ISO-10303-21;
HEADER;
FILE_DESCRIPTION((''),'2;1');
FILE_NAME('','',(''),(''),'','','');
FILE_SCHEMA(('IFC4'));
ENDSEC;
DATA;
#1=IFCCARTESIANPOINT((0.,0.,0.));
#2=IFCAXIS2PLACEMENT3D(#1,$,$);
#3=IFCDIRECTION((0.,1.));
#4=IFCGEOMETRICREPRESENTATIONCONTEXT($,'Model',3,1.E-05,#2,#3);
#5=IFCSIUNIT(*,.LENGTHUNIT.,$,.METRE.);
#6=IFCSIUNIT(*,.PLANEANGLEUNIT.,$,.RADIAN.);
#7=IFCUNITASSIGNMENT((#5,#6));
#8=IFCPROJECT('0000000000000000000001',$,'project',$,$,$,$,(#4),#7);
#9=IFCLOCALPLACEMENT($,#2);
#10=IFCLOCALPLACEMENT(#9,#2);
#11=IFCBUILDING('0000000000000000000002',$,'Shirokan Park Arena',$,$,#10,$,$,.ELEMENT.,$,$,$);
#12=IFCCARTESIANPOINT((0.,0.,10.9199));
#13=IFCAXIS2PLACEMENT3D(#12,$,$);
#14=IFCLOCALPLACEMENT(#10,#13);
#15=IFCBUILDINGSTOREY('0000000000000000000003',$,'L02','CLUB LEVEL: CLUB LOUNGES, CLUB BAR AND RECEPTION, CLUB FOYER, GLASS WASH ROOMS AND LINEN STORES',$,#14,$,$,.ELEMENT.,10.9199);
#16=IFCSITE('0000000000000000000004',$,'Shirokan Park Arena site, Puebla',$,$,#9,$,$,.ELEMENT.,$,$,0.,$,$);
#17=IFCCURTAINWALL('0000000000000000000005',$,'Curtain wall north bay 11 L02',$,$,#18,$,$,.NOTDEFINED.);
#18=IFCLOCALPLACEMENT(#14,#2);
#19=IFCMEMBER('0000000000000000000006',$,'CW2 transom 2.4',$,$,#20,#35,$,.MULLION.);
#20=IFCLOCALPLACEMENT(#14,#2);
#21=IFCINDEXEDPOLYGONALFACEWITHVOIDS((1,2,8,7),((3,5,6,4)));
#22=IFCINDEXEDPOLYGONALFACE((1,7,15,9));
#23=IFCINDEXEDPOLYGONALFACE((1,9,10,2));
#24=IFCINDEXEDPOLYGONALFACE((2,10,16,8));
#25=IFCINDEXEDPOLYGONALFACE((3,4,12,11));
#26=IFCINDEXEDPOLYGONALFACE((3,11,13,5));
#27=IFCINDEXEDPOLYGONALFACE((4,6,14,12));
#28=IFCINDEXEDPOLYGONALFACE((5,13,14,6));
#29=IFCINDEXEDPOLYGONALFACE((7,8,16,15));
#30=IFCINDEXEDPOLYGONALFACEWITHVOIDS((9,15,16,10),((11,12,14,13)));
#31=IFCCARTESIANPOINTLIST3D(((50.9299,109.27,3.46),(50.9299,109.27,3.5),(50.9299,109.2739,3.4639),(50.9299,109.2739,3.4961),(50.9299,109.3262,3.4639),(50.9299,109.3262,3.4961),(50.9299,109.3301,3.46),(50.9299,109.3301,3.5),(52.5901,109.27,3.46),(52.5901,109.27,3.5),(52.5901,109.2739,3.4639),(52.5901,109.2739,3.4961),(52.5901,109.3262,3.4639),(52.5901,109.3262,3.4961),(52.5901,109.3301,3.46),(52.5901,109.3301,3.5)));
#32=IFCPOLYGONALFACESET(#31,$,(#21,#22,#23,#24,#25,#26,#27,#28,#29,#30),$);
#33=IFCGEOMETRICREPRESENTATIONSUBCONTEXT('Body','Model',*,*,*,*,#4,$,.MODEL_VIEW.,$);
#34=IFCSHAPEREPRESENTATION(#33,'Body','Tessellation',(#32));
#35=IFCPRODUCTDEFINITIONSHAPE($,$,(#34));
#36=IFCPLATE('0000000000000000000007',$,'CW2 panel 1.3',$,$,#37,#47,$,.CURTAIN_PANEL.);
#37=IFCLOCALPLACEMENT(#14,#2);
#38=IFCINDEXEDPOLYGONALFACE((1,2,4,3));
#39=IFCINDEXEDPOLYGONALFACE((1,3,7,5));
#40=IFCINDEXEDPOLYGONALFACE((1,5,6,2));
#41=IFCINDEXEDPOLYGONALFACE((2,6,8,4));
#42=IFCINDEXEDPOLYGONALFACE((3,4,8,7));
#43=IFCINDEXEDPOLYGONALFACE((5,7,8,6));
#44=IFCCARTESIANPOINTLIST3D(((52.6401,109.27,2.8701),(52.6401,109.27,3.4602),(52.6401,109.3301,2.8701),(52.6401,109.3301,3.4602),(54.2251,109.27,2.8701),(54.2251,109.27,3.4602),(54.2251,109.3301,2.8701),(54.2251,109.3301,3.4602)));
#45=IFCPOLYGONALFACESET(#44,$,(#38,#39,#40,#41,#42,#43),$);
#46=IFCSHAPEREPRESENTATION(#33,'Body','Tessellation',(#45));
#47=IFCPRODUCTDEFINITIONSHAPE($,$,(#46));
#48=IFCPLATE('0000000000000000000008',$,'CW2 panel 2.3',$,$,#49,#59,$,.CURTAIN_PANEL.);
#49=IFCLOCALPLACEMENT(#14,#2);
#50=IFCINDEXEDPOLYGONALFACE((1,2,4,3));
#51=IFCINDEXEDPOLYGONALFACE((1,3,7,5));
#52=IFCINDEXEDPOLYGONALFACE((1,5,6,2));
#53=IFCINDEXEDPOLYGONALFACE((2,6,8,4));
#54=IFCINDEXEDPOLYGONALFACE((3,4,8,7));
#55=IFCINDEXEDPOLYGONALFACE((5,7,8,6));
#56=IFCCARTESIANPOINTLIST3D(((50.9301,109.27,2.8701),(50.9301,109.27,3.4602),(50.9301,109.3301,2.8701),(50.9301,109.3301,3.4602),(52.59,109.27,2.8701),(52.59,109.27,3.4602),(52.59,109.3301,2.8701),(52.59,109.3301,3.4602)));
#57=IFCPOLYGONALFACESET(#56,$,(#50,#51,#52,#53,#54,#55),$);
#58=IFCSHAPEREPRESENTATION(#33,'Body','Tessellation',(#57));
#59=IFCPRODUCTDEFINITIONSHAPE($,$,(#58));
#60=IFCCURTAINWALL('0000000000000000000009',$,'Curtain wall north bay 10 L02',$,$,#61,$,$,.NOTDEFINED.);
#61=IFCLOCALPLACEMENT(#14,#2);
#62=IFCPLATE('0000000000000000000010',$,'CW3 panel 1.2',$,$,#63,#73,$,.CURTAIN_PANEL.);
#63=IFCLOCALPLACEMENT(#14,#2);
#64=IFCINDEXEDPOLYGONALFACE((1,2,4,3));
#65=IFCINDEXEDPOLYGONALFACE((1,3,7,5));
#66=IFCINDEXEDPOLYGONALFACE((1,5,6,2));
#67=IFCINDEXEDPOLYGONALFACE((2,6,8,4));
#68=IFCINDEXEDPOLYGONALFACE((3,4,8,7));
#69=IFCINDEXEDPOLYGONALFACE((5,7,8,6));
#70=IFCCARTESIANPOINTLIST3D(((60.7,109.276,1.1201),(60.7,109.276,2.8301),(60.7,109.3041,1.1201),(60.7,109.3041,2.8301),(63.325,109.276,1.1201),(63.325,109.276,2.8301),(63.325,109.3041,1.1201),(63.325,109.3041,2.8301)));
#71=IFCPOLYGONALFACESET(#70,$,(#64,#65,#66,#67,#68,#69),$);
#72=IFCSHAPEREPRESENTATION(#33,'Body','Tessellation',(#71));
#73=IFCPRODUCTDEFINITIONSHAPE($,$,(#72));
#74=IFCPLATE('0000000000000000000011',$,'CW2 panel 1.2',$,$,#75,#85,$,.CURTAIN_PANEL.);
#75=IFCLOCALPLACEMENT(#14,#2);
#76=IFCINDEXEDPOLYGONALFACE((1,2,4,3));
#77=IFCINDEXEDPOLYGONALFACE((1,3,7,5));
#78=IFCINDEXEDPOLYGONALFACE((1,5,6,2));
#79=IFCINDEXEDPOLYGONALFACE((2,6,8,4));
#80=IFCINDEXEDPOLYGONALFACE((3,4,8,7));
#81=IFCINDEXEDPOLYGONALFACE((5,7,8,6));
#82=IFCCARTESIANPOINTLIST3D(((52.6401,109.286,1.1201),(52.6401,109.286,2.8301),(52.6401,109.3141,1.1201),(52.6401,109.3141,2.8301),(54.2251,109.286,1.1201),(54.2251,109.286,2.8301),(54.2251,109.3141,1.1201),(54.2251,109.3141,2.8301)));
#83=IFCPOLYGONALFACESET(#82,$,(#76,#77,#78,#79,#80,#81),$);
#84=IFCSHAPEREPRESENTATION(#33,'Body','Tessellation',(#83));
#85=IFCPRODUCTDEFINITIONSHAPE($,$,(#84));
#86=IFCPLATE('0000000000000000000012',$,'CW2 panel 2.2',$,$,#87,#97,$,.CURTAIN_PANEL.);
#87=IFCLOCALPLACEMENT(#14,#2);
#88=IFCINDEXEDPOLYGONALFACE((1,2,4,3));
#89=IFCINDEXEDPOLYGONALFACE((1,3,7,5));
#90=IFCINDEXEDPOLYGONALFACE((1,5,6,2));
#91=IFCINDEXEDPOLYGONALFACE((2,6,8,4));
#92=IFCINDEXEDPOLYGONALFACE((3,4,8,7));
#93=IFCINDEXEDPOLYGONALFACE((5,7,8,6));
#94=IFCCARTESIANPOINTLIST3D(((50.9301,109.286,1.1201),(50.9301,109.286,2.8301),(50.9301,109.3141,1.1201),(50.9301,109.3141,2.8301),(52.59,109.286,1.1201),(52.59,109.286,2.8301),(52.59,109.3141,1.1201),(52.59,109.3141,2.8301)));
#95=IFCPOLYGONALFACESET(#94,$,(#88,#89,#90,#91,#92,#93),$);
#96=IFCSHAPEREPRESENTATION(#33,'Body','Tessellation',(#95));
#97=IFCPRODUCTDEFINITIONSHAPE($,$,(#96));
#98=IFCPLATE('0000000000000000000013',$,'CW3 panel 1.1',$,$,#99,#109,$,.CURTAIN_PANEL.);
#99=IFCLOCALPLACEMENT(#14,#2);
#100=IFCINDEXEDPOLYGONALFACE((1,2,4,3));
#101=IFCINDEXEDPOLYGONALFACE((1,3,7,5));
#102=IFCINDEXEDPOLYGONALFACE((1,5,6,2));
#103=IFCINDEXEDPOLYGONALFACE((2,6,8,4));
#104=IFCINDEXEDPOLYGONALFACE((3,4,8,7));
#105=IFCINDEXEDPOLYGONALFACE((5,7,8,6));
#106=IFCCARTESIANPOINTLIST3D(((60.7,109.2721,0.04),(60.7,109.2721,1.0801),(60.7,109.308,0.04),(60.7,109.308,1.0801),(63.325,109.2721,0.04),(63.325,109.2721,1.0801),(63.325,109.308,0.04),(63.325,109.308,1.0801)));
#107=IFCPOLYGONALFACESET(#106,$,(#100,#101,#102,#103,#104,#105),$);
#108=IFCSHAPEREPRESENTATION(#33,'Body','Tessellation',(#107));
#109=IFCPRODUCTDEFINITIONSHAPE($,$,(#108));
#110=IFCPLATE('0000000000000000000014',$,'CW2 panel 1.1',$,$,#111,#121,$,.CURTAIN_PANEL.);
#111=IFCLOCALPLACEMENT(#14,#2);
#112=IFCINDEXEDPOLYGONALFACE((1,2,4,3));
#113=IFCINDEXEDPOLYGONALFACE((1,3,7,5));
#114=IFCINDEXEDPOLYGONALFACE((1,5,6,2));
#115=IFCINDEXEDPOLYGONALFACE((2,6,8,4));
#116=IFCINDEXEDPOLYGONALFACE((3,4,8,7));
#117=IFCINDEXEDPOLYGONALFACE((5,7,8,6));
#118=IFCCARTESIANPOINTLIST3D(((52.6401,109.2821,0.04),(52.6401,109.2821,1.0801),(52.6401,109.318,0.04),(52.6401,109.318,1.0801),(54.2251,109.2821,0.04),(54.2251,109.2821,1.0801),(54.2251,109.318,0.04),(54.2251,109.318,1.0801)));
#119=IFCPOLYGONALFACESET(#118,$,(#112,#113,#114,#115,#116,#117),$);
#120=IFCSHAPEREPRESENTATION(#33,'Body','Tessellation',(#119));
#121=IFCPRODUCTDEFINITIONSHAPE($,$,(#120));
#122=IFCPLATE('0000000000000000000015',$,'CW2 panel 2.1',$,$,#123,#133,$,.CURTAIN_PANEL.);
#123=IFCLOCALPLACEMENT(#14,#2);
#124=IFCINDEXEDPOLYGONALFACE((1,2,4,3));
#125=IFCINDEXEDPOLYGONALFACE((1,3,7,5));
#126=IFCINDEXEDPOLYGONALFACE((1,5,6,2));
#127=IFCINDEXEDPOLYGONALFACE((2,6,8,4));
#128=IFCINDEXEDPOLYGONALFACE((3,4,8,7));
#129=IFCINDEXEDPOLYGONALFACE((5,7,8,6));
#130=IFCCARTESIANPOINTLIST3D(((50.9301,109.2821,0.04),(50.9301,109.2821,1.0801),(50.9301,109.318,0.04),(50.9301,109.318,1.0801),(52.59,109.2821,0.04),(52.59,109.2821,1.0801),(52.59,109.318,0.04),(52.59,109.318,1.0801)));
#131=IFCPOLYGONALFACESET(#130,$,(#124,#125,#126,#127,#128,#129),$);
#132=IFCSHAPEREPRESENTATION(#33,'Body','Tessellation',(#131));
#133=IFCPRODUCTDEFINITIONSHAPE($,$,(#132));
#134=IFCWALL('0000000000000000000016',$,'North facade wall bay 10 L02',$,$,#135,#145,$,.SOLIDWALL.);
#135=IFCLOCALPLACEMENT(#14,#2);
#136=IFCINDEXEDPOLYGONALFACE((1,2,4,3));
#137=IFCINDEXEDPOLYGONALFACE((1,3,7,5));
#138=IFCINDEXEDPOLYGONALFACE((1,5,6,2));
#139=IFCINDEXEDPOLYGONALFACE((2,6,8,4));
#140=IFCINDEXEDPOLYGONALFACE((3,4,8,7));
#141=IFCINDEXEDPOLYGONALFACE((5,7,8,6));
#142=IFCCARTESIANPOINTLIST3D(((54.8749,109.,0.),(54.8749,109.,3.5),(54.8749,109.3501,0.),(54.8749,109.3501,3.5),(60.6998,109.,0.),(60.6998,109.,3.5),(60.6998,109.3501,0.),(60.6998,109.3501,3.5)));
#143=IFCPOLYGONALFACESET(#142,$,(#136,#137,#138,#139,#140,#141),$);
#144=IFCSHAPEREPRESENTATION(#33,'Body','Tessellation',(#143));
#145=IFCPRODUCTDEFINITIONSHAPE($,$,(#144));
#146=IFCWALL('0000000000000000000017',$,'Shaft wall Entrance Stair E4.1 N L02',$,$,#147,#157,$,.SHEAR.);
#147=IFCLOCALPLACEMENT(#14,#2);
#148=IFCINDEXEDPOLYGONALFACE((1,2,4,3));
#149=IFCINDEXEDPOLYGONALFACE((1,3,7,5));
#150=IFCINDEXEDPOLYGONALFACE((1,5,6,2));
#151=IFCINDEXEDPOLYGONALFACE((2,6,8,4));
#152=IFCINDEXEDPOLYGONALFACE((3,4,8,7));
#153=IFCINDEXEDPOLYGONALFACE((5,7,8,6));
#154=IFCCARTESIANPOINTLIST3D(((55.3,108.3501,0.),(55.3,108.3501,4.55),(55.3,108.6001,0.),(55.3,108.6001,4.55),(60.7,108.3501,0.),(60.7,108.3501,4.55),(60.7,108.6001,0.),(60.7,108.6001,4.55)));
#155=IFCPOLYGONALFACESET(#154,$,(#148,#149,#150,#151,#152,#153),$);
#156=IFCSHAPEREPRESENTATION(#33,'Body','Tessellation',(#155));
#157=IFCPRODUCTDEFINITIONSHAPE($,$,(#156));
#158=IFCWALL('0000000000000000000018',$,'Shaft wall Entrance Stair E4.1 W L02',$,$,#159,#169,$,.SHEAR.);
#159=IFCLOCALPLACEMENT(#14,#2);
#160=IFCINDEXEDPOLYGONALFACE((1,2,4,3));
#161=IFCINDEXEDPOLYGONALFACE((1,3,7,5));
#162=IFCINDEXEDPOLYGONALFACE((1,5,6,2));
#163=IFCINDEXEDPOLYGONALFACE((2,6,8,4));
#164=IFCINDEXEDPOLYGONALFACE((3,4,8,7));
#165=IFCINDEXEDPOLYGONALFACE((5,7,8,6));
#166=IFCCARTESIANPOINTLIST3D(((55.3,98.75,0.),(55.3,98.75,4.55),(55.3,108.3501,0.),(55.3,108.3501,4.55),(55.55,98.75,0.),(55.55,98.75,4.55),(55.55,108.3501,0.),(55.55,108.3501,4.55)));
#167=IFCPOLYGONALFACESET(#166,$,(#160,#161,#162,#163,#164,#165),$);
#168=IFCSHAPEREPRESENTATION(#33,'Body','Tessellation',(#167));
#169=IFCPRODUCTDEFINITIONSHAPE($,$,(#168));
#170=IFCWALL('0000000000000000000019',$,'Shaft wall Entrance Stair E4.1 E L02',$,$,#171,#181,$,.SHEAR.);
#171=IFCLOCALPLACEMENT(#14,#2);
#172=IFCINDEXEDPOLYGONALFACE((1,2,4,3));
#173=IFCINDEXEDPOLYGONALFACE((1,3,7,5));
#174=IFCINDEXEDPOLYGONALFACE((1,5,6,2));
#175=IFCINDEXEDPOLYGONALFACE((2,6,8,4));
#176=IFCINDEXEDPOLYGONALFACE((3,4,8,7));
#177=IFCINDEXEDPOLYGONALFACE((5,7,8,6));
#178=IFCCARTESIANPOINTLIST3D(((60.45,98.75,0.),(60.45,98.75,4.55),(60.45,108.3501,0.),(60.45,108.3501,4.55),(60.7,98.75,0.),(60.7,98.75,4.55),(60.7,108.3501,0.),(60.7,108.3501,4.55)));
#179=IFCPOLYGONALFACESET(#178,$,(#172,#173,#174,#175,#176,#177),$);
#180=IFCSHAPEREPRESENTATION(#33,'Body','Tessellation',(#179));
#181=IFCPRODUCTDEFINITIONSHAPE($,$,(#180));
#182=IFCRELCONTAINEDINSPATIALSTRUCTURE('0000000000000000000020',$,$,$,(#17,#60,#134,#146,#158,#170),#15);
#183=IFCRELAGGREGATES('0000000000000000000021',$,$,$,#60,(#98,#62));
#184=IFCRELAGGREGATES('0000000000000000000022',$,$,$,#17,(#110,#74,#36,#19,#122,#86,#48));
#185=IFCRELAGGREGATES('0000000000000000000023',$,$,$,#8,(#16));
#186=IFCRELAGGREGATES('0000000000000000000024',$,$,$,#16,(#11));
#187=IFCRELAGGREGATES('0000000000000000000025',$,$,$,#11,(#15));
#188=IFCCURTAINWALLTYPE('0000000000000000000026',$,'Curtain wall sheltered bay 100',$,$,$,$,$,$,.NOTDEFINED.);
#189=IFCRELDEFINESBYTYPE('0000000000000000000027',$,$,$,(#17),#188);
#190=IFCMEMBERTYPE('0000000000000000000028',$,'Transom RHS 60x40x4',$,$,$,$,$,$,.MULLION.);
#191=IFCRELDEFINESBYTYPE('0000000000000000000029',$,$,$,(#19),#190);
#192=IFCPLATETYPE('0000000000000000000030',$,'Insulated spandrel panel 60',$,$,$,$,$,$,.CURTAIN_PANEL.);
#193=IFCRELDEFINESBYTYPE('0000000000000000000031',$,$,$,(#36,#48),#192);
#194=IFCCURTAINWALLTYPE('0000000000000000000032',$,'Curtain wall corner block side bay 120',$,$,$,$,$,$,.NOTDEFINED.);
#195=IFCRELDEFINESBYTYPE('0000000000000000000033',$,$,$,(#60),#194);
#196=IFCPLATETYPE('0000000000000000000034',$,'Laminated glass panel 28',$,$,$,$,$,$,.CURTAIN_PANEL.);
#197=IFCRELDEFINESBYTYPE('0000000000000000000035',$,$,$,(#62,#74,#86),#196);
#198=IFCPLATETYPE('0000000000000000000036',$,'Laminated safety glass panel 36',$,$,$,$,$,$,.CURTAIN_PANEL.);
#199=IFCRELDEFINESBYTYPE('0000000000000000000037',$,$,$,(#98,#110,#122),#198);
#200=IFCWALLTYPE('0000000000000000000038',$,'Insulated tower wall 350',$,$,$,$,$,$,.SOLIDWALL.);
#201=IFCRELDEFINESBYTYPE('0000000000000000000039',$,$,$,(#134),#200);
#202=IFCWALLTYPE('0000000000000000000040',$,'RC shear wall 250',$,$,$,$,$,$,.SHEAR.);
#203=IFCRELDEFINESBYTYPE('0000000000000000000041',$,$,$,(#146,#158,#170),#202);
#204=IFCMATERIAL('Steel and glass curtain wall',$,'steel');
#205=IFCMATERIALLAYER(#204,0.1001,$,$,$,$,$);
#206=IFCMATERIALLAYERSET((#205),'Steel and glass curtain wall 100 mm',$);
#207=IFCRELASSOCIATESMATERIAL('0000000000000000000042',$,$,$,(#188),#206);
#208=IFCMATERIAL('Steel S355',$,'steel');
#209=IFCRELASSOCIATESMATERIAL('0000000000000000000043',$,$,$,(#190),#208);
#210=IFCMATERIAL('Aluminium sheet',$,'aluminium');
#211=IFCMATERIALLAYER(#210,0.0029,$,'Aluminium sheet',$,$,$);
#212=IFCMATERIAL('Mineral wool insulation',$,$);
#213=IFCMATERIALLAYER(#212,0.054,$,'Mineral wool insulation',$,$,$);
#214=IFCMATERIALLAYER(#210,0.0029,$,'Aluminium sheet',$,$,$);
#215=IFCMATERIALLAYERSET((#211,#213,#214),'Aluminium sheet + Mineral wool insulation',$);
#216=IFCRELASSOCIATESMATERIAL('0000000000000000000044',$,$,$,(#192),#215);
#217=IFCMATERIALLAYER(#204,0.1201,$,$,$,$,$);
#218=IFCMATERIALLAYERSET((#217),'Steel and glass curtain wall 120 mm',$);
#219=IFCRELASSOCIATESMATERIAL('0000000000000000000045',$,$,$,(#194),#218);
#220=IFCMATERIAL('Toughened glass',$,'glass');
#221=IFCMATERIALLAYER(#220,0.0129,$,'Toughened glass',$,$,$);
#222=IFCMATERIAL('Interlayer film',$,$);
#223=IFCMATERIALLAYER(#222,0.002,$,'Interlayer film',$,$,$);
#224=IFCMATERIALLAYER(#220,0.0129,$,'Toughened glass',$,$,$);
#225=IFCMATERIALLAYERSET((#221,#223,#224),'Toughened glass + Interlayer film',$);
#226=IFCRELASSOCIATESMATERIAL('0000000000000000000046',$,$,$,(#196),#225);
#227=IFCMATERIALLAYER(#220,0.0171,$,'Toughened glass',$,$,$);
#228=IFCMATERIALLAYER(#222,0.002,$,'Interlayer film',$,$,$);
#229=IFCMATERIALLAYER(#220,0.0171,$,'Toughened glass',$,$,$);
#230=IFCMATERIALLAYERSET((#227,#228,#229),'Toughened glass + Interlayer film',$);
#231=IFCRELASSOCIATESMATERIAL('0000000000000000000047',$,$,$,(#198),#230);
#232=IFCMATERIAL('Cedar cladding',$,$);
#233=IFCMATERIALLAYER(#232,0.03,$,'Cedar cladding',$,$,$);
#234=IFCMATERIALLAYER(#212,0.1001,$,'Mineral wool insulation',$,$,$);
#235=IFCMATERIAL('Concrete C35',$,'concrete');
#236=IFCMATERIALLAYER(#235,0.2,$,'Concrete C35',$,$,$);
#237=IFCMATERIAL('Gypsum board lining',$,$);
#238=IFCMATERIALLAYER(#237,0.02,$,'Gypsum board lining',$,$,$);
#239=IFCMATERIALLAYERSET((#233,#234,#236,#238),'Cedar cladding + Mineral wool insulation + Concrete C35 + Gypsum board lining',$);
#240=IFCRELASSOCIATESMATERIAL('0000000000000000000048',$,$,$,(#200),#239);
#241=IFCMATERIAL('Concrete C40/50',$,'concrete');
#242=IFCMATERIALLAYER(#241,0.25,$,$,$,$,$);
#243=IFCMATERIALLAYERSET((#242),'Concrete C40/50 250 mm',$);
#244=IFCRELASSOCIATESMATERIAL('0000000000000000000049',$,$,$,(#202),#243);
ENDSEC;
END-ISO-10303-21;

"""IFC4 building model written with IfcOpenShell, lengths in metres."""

from ifc_helpers import new_model, si_unit, direction, frame, frame_2d, origin, origin_2d, place, context, subcontext, project, spatial, rectangle, hollow_rectangle, extrude, material, layer, layer_set, material_profile, profile_set, type_object, element, aggregate, save


model = new_model("IFC4")

# Units and contexts
model_context = context("Model", 3, precision=1e-05, world=origin(), true_north=direction((0.0, 1.0)))
body_context = subcontext(model_context, "Body", "Model", "MODEL_VIEW")
ifc_project = project(units=[si_unit("LENGTHUNIT", "METRE"), si_unit("PLANEANGLEUNIT", "RADIAN")], contexts=[model_context])

# Site, building, storey
site_placement = place(None, origin())
site = spatial("IfcSite", under=ifc_project, at=site_placement, Name="Shirokan Park Arena site, Puebla", CompositionType="ELEMENT", RefElevation=0.0)
building_placement = place(site_placement, origin())
building = spatial("IfcBuilding", under=site, at=building_placement, Name="Shirokan Park Arena", CompositionType="ELEMENT")
storey_placement = place(building_placement, frame((0.0, 0.0, 10.9199)))
storey = spatial("IfcBuildingStorey", under=building, at=storey_placement, Name="L02", Description="CLUB LEVEL: CLUB LOUNGES, CLUB BAR AND RECEPTION, CLUB FOYER, GLASS WASH ROOMS AND LINEN STORES", CompositionType="ELEMENT", Elevation=10.9199)

# Shared definitions
ifc_material_1 = material(Name="Concrete C35", Category="concrete")

# Curtain wall
ifc_material_2 = material(Name="Steel and glass curtain wall", Category="steel")
ifc_layer_1 = layer(ifc_material_2, 0.1001)
ifc_layer_set_1 = layer_set([ifc_layer_1], Name="Steel and glass curtain wall 100 mm")
curtain_wall_type_1 = type_object("IfcCurtainWallType", Name="Curtain wall sheltered bay 100", PredefinedType="NOTDEFINED", material=ifc_layer_set_1)
curtain_wall_1_placement = place(storey_placement, origin())
curtain_wall_1 = element("IfcCurtainWall", 1, at=curtain_wall_1_placement, inside=storey, type_object=curtain_wall_type_1, Name="Curtain wall north bay 11 L02", PredefinedType="NOTDEFINED")
ifc_material_3 = material(Name="Steel S355", Category="steel")

# Member
ifc_material_profile_1 = material_profile(ifc_material_3, hollow_rectangle(XDim=0.0601, YDim=0.04, WallThickness=0.0039, at=origin_2d()), Name="RHS 60x40x4")
ifc_profile_set_1 = profile_set([ifc_material_profile_1], Name="Steel S355")
member_type_1 = type_object("IfcMemberType", Name="Transom RHS 60x40x4", PredefinedType="MULLION", material=ifc_profile_set_1)
member_1_placement = place(storey_placement, frame((52.5901, 109.3, 3.48), z_axis=(-1.0, 0.0, 0.0), x_axis=(0.0, -1.0, 0.0)))
member_1 = element("IfcMember", 2, at=member_1_placement, type_object=member_type_1, Name="CW2 transom 2.4", PredefinedType="MULLION", context=body_context, shape_type="SweptSolid", body=[
    extrude(hollow_rectangle(XDim=0.0601, YDim=0.04, WallThickness=0.0039, at=origin_2d()), origin(), (0.0, 0.0, 1.0), 1.6602),
])

# Plates
ifc_material_4 = material(Name="Aluminium sheet", Category="aluminium")
ifc_layer_2 = layer(ifc_material_4, 0.0029, Name="Aluminium sheet")
ifc_material_5 = material(Name="Mineral wool insulation")
ifc_layer_3 = layer(ifc_material_5, 0.054, Name="Mineral wool insulation")
ifc_layer_4 = layer(ifc_material_4, 0.0029, Name="Aluminium sheet")
ifc_layer_set_2 = layer_set([ifc_layer_2, ifc_layer_3, ifc_layer_4], Name="Aluminium sheet + Mineral wool insulation")
plate_type_1 = type_object("IfcPlateType", Name="Insulated spandrel panel 60", PredefinedType="CURTAIN_PANEL", material=ifc_layer_set_2)
plate_1_placement = place(storey_placement, frame((53.4326, 109.3, 2.8701), z_axis=(0.0, 0.0, 1.0), x_axis=(-1.0, 0.0, 0.0)))
plate_1 = element("IfcPlate", 3, at=plate_1_placement, type_object=plate_type_1, Name="CW2 panel 1.3", PredefinedType="CURTAIN_PANEL", context=body_context, shape_type="SweptSolid", body=[
    extrude(rectangle(XDim=1.585, YDim=0.0601, at=origin_2d()), origin(), (0.0, 0.0, 1.0), 0.5901),
])
plate_2_placement = place(storey_placement, frame((51.76, 109.3, 2.8701), z_axis=(0.0, 0.0, 1.0), x_axis=(-1.0, 0.0, 0.0)))
plate_2 = element("IfcPlate", 4, at=plate_2_placement, type_object=plate_type_1, Name="CW2 panel 2.3", PredefinedType="CURTAIN_PANEL", context=body_context, shape_type="SweptSolid", body=[
    extrude(rectangle(XDim=1.6599, YDim=0.0601, at=origin_2d()), origin(), (0.0, 0.0, 1.0), 0.5901),
])

# Curtain wall, plate
ifc_layer_5 = layer(ifc_material_2, 0.1201)
ifc_layer_set_3 = layer_set([ifc_layer_5], Name="Steel and glass curtain wall 120 mm")
curtain_wall_type_2 = type_object("IfcCurtainWallType", Name="Curtain wall corner block side bay 120", PredefinedType="NOTDEFINED", material=ifc_layer_set_3)
curtain_wall_2_placement = place(storey_placement, origin())
curtain_wall_2 = element("IfcCurtainWall", 5, at=curtain_wall_2_placement, inside=storey, type_object=curtain_wall_type_2, Name="Curtain wall north bay 10 L02", PredefinedType="NOTDEFINED")
ifc_material_6 = material(Name="Toughened glass", Category="glass")
ifc_layer_6 = layer(ifc_material_6, 0.0129, Name="Toughened glass")
ifc_material_7 = material(Name="Interlayer film")
ifc_layer_7 = layer(ifc_material_7, 0.002, Name="Interlayer film")
ifc_layer_8 = layer(ifc_material_6, 0.0129, Name="Toughened glass")
ifc_layer_set_4 = layer_set([ifc_layer_6, ifc_layer_7, ifc_layer_8], Name="Toughened glass + Interlayer film")
plate_type_2 = type_object("IfcPlateType", Name="Laminated glass panel 28", PredefinedType="CURTAIN_PANEL", material=ifc_layer_set_4)
plate_3_placement = place(storey_placement, frame((62.0125, 109.29, 1.1201), z_axis=(0.0, 0.0, 1.0), x_axis=(-1.0, 0.0, 0.0)))
plate_3 = element("IfcPlate", 6, at=plate_3_placement, type_object=plate_type_2, Name="CW3 panel 1.2", PredefinedType="CURTAIN_PANEL", context=body_context, shape_type="SweptSolid", body=[
    extrude(rectangle(XDim=2.625, YDim=0.0281, at=origin_2d()), origin(), (0.0, 0.0, 1.0), 1.71),
])

# Plates
plate_4_placement = place(storey_placement, frame((53.4326, 109.3, 1.1201), z_axis=(0.0, 0.0, 1.0), x_axis=(-1.0, 0.0, 0.0)))
plate_4 = element("IfcPlate", 7, at=plate_4_placement, type_object=plate_type_2, Name="CW2 panel 1.2", PredefinedType="CURTAIN_PANEL", context=body_context, shape_type="SweptSolid", body=[
    extrude(rectangle(XDim=1.585, YDim=0.0281, at=origin_2d()), origin(), (0.0, 0.0, 1.0), 1.71),
])
plate_5_placement = place(storey_placement, frame((51.76, 109.3, 1.1201), z_axis=(0.0, 0.0, 1.0), x_axis=(-1.0, 0.0, 0.0)))
plate_5 = element("IfcPlate", 8, at=plate_5_placement, type_object=plate_type_2, Name="CW2 panel 2.2", PredefinedType="CURTAIN_PANEL", context=body_context, shape_type="SweptSolid", body=[
    extrude(rectangle(XDim=1.6599, YDim=0.0281, at=origin_2d()), origin(), (0.0, 0.0, 1.0), 1.71),
])
ifc_layer_9 = layer(ifc_material_6, 0.0171, Name="Toughened glass")
ifc_layer_10 = layer(ifc_material_7, 0.002, Name="Interlayer film")
ifc_layer_11 = layer(ifc_material_6, 0.0171, Name="Toughened glass")
ifc_layer_set_5 = layer_set([ifc_layer_9, ifc_layer_10, ifc_layer_11], Name="Toughened glass + Interlayer film")
plate_type_3 = type_object("IfcPlateType", Name="Laminated safety glass panel 36", PredefinedType="CURTAIN_PANEL", material=ifc_layer_set_5)
plate_6_placement = place(storey_placement, frame((62.0125, 109.29, 0.04), z_axis=(0.0, 0.0, 1.0), x_axis=(-1.0, 0.0, 0.0)))
plate_6 = element("IfcPlate", 9, at=plate_6_placement, type_object=plate_type_3, Name="CW3 panel 1.1", PredefinedType="CURTAIN_PANEL", context=body_context, shape_type="SweptSolid", body=[
    extrude(rectangle(XDim=2.625, YDim=0.0359, at=origin_2d()), origin(), (0.0, 0.0, 1.0), 1.04),
])
aggregate(curtain_wall_2, [plate_6, plate_3])
plate_7_placement = place(storey_placement, frame((53.4326, 109.3, 0.04), z_axis=(0.0, 0.0, 1.0), x_axis=(-1.0, 0.0, 0.0)))
plate_7 = element("IfcPlate", 10, at=plate_7_placement, type_object=plate_type_3, Name="CW2 panel 1.1", PredefinedType="CURTAIN_PANEL", context=body_context, shape_type="SweptSolid", body=[
    extrude(rectangle(XDim=1.585, YDim=0.0359, at=origin_2d()), origin(), (0.0, 0.0, 1.0), 1.04),
])
plate_8_placement = place(storey_placement, frame((51.76, 109.3, 0.04), z_axis=(0.0, 0.0, 1.0), x_axis=(-1.0, 0.0, 0.0)))
plate_8 = element("IfcPlate", 11, at=plate_8_placement, type_object=plate_type_3, Name="CW2 panel 2.1", PredefinedType="CURTAIN_PANEL", context=body_context, shape_type="SweptSolid", body=[
    extrude(rectangle(XDim=1.6599, YDim=0.0359, at=origin_2d()), origin(), (0.0, 0.0, 1.0), 1.04),
])
aggregate(curtain_wall_1, [plate_7, plate_4, plate_1, member_1, plate_8, plate_5, plate_2])

# Walls
ifc_material_8 = material(Name="Cedar cladding")
ifc_layer_12 = layer(ifc_material_8, 0.03, Name="Cedar cladding")
ifc_layer_13 = layer(ifc_material_5, 0.1001, Name="Mineral wool insulation")
ifc_layer_14 = layer(ifc_material_1, 0.2, Name="Concrete C35")
ifc_material_9 = material(Name="Gypsum board lining")
ifc_layer_15 = layer(ifc_material_9, 0.02, Name="Gypsum board lining")
ifc_layer_set_6 = layer_set([ifc_layer_12, ifc_layer_13, ifc_layer_14, ifc_layer_15], Name="Cedar cladding + Mineral wool insulation + Concrete C35 + Gypsum board lining")
wall_type_1 = type_object("IfcWallType", Name="Insulated tower wall 350", PredefinedType="SOLIDWALL", material=ifc_layer_set_6)
wall_1_placement = place(storey_placement, frame((60.7, 109.175, 0.0), z_axis=(0.0, 0.0, 1.0), x_axis=(-1.0, 0.0, 0.0)))
element("IfcWall", 12, at=wall_1_placement, inside=storey, type_object=wall_type_1, Name="North facade wall bay 10 L02", PredefinedType="SOLIDWALL", context=body_context, shape_type="SweptSolid", body=[
    extrude(rectangle(XDim=5.825, YDim=0.3501, at=frame_2d((2.9126, 0.0))), origin(), (0.0, 0.0, 1.0), 3.5),
])
ifc_material_10 = material(Name="Concrete C40/50", Category="concrete")
ifc_layer_16 = layer(ifc_material_10, 0.25)
ifc_layer_set_7 = layer_set([ifc_layer_16], Name="Concrete C40/50 250 mm")
wall_type_2 = type_object("IfcWallType", Name="RC shear wall 250", PredefinedType="SHEAR", material=ifc_layer_set_7)
wall_2_placement = place(storey_placement, frame((60.7, 108.4751, 0.0), z_axis=(0.0, 0.0, 1.0), x_axis=(-1.0, 0.0, 0.0)))
element("IfcWall", 13, at=wall_2_placement, inside=storey, type_object=wall_type_2, Name="Shaft wall Entrance Stair E4.1 N L02", PredefinedType="SHEAR", context=body_context, shape_type="SweptSolid", body=[
    extrude(rectangle(XDim=5.3999, YDim=0.25, at=frame_2d((2.7, 0.0))), origin(), (0.0, 0.0, 1.0), 4.55),
])
for number, where, z_axis, x_axis, name in (
    (14, (55.425, 108.3501, 0.0), (0.0, 0.0, 1.0), (0.0, -1.0, 0.0), "Shaft wall Entrance Stair E4.1 W L02"),
    (15, (60.575, 108.3501, 0.0), (0.0, 0.0, 1.0), (0.0, -1.0, 0.0), "Shaft wall Entrance Stair E4.1 E L02"),
):
    element("IfcWall", number, at=place(storey_placement, frame(where, z_axis=z_axis, x_axis=x_axis)), inside=storey, type_object=wall_type_2, Name=name, PredefinedType="SHEAR", context=body_context, shape_type="SweptSolid", body=[
        extrude(rectangle(XDim=9.6001, YDim=0.25, at=frame_2d((4.8, 0.0))), origin(), (0.0, 0.0, 1.0), 4.55),
    ])

save(model, "model.ifc")
